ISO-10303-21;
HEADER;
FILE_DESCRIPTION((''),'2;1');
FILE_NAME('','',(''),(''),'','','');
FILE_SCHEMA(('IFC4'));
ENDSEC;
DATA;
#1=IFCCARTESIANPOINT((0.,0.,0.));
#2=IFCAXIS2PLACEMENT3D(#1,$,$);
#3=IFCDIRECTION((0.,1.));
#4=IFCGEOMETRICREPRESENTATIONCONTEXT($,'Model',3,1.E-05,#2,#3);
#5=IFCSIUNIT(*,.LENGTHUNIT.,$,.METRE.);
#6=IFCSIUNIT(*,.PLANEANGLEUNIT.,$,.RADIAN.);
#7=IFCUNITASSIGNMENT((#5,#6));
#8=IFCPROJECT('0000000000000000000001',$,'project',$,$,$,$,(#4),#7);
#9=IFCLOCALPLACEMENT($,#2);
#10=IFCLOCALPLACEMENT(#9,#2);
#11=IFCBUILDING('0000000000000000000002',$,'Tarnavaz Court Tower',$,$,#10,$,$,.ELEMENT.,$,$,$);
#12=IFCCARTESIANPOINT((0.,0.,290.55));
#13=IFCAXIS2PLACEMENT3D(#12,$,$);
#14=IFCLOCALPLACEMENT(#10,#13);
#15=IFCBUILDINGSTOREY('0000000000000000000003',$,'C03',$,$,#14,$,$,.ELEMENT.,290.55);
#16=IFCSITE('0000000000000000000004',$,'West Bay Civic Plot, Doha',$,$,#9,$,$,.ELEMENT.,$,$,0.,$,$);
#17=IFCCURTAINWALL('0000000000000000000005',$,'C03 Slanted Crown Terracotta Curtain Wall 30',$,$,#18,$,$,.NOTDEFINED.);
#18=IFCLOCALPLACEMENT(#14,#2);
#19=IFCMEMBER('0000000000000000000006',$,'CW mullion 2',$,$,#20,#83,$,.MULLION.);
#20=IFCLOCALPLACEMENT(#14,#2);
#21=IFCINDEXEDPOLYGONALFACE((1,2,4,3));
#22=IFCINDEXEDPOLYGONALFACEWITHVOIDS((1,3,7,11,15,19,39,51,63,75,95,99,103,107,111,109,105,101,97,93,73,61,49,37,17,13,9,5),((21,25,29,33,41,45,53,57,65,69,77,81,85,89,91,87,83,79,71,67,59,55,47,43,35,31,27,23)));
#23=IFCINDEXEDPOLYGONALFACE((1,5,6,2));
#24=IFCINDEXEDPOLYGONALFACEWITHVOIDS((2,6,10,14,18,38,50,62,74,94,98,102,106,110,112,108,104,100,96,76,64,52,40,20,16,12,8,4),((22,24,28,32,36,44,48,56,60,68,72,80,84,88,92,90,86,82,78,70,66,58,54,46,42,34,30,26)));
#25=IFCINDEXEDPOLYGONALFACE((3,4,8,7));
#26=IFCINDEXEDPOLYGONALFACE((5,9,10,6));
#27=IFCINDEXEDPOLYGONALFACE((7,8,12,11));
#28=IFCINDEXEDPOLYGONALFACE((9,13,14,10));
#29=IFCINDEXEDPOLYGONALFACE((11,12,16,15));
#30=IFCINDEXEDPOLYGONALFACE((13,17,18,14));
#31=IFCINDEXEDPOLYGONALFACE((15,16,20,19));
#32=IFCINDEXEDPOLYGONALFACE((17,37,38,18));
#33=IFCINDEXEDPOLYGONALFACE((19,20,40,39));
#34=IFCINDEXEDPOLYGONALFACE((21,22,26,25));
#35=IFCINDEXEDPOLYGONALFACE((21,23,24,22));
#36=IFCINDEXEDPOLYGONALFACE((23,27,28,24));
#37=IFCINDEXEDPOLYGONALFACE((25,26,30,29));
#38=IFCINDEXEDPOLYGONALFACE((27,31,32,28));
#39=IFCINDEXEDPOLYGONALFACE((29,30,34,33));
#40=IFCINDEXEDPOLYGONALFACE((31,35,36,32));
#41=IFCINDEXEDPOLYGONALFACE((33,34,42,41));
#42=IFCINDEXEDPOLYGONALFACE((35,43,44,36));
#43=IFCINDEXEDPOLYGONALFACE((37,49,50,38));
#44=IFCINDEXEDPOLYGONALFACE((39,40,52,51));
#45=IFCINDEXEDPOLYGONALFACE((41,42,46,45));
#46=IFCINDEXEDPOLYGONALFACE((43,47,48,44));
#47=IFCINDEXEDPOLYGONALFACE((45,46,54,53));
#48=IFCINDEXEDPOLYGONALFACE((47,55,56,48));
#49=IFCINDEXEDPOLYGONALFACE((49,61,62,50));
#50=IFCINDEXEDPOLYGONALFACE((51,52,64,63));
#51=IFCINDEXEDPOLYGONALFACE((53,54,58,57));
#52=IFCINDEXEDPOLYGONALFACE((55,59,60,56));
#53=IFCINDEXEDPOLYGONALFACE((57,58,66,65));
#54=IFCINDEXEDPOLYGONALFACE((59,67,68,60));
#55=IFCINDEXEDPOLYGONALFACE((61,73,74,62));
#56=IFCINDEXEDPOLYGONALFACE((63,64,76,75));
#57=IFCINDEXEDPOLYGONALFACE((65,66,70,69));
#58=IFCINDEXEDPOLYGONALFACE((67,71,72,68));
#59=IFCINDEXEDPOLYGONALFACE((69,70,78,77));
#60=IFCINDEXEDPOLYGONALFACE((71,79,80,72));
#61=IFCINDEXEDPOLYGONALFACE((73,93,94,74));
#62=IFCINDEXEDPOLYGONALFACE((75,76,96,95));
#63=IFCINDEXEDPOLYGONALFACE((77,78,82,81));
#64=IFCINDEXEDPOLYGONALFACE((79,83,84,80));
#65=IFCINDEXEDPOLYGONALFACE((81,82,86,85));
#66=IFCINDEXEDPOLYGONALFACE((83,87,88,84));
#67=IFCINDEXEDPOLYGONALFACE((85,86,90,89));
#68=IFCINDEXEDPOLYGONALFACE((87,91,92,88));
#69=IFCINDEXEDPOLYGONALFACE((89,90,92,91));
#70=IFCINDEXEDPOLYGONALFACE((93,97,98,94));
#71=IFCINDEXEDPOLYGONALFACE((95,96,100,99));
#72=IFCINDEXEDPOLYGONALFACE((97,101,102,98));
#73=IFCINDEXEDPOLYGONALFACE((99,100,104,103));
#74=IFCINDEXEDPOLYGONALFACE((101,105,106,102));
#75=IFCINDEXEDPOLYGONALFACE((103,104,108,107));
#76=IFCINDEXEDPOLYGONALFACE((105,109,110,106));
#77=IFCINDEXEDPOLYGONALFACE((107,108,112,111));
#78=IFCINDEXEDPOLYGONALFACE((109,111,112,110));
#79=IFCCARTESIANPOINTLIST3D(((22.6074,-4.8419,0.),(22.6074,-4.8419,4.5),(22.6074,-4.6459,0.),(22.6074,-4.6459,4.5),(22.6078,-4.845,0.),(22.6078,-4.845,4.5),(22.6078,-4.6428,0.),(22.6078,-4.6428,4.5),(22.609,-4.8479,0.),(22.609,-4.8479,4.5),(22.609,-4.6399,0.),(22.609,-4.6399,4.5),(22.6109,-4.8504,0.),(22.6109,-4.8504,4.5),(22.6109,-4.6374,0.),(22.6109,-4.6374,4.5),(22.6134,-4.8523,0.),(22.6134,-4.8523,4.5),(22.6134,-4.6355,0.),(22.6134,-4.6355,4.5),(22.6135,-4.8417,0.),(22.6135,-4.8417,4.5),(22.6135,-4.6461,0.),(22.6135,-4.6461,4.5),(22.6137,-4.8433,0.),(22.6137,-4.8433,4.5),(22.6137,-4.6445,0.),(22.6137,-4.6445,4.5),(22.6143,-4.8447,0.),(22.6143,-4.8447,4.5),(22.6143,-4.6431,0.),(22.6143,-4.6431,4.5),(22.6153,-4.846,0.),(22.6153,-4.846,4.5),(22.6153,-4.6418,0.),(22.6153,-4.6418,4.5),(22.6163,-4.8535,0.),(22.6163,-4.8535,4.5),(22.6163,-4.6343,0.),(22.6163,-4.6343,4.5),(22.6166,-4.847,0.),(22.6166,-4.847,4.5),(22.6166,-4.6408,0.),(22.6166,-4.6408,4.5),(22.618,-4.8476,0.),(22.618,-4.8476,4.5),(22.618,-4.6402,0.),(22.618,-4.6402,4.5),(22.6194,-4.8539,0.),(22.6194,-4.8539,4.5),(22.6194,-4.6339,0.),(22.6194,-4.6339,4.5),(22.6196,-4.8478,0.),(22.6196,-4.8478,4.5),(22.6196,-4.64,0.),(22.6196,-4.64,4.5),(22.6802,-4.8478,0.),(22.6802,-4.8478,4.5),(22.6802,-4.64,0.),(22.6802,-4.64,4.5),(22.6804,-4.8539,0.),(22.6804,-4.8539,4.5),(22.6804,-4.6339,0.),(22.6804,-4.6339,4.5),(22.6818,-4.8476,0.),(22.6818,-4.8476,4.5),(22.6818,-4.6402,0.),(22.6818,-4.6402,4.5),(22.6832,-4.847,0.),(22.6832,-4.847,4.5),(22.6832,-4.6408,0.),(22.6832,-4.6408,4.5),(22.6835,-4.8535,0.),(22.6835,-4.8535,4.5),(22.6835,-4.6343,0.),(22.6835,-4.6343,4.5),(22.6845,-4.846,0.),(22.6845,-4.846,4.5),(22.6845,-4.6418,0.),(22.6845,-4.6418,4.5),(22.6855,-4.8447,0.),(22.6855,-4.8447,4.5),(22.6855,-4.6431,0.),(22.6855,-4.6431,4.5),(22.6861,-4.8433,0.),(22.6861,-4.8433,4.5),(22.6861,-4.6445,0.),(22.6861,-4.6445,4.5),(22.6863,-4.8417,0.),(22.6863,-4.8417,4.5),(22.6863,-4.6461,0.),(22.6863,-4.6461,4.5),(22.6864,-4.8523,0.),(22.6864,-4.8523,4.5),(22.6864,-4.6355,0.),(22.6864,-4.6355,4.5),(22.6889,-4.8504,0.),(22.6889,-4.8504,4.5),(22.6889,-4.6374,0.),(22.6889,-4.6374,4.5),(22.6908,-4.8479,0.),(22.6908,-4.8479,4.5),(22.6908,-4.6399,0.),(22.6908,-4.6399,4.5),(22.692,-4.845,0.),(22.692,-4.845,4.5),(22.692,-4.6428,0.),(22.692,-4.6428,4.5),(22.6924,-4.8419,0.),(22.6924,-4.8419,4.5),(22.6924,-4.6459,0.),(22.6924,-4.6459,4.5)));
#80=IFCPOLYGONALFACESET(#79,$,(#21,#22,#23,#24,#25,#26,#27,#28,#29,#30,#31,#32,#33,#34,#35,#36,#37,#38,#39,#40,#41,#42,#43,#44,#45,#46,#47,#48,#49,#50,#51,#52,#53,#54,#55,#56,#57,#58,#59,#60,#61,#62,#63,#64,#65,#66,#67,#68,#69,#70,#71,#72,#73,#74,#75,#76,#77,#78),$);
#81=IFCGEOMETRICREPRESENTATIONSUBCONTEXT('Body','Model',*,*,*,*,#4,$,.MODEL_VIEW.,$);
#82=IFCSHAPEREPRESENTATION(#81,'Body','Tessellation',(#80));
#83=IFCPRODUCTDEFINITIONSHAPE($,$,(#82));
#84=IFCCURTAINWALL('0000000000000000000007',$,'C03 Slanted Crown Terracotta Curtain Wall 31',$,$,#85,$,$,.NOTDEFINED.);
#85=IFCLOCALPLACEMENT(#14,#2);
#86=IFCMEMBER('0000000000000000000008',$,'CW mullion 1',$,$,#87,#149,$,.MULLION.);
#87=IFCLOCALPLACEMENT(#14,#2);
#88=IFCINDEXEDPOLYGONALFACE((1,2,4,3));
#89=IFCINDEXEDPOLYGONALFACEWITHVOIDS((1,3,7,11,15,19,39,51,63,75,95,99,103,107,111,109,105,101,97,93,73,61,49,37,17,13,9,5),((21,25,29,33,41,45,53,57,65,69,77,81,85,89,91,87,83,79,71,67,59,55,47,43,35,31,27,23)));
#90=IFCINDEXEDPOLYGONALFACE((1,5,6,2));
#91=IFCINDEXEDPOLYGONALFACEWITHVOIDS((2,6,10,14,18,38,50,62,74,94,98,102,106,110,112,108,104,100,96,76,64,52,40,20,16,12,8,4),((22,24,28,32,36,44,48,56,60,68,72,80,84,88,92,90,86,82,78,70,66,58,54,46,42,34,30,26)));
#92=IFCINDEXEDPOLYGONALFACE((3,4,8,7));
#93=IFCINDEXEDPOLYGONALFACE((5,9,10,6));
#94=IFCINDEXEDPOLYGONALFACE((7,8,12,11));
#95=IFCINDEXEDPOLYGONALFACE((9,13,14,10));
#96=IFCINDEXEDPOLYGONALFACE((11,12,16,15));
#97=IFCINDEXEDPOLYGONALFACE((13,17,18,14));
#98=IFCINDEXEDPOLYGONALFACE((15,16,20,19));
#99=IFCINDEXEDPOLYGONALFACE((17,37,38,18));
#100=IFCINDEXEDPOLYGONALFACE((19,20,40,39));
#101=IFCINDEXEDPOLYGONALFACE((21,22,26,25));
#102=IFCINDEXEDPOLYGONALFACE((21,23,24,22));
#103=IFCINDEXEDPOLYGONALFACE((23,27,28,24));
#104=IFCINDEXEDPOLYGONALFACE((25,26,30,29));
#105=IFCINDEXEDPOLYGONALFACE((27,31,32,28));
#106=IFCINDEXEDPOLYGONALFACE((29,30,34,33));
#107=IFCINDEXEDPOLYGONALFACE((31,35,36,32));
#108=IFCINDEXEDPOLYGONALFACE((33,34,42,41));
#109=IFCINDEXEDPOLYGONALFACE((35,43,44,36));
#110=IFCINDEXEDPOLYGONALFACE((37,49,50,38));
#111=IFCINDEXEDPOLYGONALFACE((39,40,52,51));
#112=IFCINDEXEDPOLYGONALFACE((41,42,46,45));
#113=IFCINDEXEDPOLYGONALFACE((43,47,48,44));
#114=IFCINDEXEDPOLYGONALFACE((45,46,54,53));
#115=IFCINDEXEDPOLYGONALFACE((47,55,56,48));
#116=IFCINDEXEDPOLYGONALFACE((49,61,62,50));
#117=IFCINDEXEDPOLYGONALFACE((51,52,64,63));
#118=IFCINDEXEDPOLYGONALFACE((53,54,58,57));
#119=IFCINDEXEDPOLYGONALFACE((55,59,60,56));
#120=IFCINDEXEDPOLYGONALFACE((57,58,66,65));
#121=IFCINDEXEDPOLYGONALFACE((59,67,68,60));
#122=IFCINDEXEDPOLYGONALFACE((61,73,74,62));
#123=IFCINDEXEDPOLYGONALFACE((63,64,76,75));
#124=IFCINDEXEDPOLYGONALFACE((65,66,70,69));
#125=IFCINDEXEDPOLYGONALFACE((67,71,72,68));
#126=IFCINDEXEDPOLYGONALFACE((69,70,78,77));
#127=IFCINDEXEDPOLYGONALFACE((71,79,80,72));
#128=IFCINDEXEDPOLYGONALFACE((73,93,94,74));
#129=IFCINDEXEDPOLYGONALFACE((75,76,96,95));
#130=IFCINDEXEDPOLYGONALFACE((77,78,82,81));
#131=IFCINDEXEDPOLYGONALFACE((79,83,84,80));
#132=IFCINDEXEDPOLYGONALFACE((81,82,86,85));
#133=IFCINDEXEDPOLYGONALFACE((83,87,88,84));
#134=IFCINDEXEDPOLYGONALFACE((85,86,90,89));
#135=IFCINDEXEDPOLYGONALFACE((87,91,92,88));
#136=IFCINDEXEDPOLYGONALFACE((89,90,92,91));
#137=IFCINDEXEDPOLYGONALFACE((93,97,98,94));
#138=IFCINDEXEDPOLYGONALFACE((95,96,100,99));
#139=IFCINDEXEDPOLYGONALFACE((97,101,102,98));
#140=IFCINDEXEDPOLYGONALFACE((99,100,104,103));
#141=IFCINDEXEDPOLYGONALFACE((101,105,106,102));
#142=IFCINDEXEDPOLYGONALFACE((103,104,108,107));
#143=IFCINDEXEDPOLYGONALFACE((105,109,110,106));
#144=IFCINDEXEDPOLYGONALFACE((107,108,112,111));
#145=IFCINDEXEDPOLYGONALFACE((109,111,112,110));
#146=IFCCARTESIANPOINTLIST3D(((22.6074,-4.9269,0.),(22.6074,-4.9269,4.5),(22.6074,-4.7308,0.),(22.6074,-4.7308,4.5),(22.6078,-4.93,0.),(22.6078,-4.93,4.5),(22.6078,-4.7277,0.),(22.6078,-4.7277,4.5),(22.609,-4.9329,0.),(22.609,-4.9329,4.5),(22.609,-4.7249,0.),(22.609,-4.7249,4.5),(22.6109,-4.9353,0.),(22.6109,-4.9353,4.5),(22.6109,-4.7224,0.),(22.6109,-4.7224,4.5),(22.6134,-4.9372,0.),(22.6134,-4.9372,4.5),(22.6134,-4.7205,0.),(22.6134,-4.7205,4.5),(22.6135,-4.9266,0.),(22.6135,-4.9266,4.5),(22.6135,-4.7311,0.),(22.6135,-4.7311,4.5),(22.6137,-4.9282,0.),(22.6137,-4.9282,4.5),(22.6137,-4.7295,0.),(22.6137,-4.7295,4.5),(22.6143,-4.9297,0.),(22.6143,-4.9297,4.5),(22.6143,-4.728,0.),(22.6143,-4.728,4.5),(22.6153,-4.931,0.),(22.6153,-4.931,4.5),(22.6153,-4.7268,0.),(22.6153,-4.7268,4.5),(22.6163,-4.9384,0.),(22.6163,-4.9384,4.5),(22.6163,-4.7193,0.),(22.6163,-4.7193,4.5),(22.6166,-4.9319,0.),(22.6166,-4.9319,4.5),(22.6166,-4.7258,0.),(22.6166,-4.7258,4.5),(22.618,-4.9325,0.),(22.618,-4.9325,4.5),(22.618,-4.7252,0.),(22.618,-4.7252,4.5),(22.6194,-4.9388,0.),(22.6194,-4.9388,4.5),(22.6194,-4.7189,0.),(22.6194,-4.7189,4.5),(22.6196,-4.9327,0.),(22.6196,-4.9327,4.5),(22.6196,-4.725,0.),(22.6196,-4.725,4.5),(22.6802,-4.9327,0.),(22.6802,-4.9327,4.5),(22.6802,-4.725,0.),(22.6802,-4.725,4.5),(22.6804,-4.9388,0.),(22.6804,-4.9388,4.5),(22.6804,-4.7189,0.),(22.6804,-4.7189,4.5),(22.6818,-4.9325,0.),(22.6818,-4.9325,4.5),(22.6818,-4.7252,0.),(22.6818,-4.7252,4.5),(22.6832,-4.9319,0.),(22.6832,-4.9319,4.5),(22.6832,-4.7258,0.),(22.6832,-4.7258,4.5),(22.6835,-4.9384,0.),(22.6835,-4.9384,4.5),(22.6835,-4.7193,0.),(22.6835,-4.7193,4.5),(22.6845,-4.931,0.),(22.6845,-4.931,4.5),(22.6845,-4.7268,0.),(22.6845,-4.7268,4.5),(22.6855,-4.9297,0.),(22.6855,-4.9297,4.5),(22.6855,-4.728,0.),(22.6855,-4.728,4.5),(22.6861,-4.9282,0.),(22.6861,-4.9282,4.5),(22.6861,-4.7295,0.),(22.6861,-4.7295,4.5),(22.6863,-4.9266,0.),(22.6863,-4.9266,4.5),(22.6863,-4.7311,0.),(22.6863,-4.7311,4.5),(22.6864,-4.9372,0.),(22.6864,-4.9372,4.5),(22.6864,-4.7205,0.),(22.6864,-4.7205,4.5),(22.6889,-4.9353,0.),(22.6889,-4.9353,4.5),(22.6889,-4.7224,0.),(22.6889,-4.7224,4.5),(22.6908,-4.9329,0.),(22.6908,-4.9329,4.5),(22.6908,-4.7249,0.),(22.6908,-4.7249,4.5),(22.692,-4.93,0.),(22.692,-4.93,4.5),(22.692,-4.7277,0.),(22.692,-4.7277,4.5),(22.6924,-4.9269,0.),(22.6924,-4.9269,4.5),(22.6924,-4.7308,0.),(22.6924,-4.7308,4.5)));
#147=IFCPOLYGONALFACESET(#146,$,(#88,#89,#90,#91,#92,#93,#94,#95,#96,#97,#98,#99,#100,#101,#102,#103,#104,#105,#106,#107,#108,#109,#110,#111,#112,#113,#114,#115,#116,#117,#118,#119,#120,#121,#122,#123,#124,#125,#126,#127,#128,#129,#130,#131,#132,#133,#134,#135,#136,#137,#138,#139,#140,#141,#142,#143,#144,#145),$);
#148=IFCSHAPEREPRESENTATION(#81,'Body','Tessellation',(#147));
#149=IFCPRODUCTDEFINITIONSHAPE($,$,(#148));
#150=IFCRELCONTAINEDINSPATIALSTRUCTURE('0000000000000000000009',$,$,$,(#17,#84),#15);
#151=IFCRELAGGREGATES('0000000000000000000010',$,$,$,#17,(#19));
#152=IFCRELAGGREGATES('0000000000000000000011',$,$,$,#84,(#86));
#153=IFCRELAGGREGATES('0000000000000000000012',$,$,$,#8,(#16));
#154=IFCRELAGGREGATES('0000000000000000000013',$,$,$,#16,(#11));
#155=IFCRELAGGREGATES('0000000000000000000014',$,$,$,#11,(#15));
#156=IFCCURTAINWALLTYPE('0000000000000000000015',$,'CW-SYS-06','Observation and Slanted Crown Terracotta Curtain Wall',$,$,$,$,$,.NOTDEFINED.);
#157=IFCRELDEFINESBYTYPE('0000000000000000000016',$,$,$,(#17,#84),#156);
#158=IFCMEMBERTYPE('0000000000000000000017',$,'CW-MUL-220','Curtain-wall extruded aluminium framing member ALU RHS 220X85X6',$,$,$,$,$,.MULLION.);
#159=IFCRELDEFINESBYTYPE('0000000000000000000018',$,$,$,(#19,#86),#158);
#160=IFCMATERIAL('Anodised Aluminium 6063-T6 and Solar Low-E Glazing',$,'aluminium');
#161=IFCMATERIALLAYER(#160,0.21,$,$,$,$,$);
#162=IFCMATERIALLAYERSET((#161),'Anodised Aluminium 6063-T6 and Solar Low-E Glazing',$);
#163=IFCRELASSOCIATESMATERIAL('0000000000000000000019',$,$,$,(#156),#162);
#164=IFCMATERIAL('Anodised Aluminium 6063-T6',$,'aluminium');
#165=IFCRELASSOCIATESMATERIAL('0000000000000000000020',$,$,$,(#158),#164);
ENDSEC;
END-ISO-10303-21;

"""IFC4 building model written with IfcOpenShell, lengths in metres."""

from ifc_helpers import new_model, si_unit, direction, frame, origin, origin_2d, place, context, subcontext, project, spatial, hollow_rectangle, extrude, material, layer, layer_set, material_profile, profile_set, type_object, element, aggregate, save


model = new_model("IFC4")

# Units and contexts
model_context = context("Model", 3, precision=1e-05, world=origin(), true_north=direction((0.0, 1.0)))
body_context = subcontext(model_context, "Body", "Model", "MODEL_VIEW")
ifc_project = project(units=[si_unit("LENGTHUNIT", "METRE"), si_unit("PLANEANGLEUNIT", "RADIAN")], contexts=[model_context])

# Site, building, storey
site_placement = place(None, origin())
site = spatial("IfcSite", under=ifc_project, at=site_placement, Name="West Bay Civic Plot, Doha", CompositionType="ELEMENT", RefElevation=0.0)
building_placement = place(site_placement, origin())
building = spatial("IfcBuilding", under=site, at=building_placement, Name="Tarnavaz Court Tower", CompositionType="ELEMENT")
storey_placement = place(building_placement, frame((0.0, 0.0, 290.55)))
storey = spatial("IfcBuildingStorey", under=building, at=storey_placement, Name="C03", CompositionType="ELEMENT", Elevation=290.55)

# Shared definitions
ifc_material_1 = material(Name="Anodised Aluminium 6063-T6 and Solar Low-E Glazing", Category="aluminium")
ifc_layer_1 = layer(ifc_material_1, 0.21)
ifc_layer_set_1 = layer_set([ifc_layer_1], Name="Anodised Aluminium 6063-T6 and Solar Low-E Glazing")
curtain_wall_type = type_object("IfcCurtainWallType", Name="CW-SYS-06", Description="Observation and Slanted Crown Terracotta Curtain Wall", PredefinedType="NOTDEFINED", material=ifc_layer_set_1)
ifc_material_2 = material(Name="Anodised Aluminium 6063-T6", Category="aluminium")
ifc_material_profile_1 = material_profile(ifc_material_2, hollow_rectangle(XDim=0.085, YDim=0.22, WallThickness=0.0061, InnerFilletRadius=0.0061, OuterFilletRadius=0.012, at=origin_2d()), Name="ALU RHS 220X85X6")
ifc_profile_set_1 = profile_set([ifc_material_profile_1], Name="Anodised Aluminium 6063-T6")
member_type_1 = type_object("IfcMemberType", Name="CW-MUL-220", Description="Curtain-wall extruded aluminium framing member ALU RHS 220X85X6", PredefinedType="MULLION", material=ifc_profile_set_1)

# Curtain walls, members
curtain_wall_1_placement = place(storey_placement, origin())
curtain_wall_1 = element("IfcCurtainWall", 1, at=curtain_wall_1_placement, inside=storey, type_object=curtain_wall_type, Name="C03 Slanted Crown Terracotta Curtain Wall 30", PredefinedType="NOTDEFINED")
member_1_placement = place(storey_placement, frame((22.6499, -4.7439, 0.0), z_axis=(0.0, 0.0, 1.0), x_axis=(1.0, 0.0, 0.0)))
member_1 = element("IfcMember", 2, at=member_1_placement, type_object=member_type_1, Name="CW mullion 2", PredefinedType="MULLION", context=body_context, shape_type="SweptSolid", body=[
    extrude(hollow_rectangle(XDim=0.085, YDim=0.22, WallThickness=0.0061, InnerFilletRadius=0.0061, OuterFilletRadius=0.012, at=origin_2d()), origin(), (0.0, 0.0, 1.0), 4.5),
])
curtain_wall_2_placement = place(storey_placement, origin())
curtain_wall_2 = element("IfcCurtainWall", 3, at=curtain_wall_2_placement, inside=storey, type_object=curtain_wall_type, Name="C03 Slanted Crown Terracotta Curtain Wall 31", PredefinedType="NOTDEFINED")
member_2_placement = place(storey_placement, frame((22.6499, -4.8289, 0.0), z_axis=(0.0, 0.0, 1.0), x_axis=(1.0, 0.0, 0.0)))
member_2 = element("IfcMember", 4, at=member_2_placement, type_object=member_type_1, Name="CW mullion 1", PredefinedType="MULLION", context=body_context, shape_type="SweptSolid", body=[
    extrude(hollow_rectangle(XDim=0.085, YDim=0.22, WallThickness=0.0061, InnerFilletRadius=0.0061, OuterFilletRadius=0.012, at=origin_2d()), origin(), (0.0, 0.0, 1.0), 4.5),
])

aggregate(curtain_wall_1, [member_1])
aggregate(curtain_wall_2, [member_2])

save(model, "model.ifc")
